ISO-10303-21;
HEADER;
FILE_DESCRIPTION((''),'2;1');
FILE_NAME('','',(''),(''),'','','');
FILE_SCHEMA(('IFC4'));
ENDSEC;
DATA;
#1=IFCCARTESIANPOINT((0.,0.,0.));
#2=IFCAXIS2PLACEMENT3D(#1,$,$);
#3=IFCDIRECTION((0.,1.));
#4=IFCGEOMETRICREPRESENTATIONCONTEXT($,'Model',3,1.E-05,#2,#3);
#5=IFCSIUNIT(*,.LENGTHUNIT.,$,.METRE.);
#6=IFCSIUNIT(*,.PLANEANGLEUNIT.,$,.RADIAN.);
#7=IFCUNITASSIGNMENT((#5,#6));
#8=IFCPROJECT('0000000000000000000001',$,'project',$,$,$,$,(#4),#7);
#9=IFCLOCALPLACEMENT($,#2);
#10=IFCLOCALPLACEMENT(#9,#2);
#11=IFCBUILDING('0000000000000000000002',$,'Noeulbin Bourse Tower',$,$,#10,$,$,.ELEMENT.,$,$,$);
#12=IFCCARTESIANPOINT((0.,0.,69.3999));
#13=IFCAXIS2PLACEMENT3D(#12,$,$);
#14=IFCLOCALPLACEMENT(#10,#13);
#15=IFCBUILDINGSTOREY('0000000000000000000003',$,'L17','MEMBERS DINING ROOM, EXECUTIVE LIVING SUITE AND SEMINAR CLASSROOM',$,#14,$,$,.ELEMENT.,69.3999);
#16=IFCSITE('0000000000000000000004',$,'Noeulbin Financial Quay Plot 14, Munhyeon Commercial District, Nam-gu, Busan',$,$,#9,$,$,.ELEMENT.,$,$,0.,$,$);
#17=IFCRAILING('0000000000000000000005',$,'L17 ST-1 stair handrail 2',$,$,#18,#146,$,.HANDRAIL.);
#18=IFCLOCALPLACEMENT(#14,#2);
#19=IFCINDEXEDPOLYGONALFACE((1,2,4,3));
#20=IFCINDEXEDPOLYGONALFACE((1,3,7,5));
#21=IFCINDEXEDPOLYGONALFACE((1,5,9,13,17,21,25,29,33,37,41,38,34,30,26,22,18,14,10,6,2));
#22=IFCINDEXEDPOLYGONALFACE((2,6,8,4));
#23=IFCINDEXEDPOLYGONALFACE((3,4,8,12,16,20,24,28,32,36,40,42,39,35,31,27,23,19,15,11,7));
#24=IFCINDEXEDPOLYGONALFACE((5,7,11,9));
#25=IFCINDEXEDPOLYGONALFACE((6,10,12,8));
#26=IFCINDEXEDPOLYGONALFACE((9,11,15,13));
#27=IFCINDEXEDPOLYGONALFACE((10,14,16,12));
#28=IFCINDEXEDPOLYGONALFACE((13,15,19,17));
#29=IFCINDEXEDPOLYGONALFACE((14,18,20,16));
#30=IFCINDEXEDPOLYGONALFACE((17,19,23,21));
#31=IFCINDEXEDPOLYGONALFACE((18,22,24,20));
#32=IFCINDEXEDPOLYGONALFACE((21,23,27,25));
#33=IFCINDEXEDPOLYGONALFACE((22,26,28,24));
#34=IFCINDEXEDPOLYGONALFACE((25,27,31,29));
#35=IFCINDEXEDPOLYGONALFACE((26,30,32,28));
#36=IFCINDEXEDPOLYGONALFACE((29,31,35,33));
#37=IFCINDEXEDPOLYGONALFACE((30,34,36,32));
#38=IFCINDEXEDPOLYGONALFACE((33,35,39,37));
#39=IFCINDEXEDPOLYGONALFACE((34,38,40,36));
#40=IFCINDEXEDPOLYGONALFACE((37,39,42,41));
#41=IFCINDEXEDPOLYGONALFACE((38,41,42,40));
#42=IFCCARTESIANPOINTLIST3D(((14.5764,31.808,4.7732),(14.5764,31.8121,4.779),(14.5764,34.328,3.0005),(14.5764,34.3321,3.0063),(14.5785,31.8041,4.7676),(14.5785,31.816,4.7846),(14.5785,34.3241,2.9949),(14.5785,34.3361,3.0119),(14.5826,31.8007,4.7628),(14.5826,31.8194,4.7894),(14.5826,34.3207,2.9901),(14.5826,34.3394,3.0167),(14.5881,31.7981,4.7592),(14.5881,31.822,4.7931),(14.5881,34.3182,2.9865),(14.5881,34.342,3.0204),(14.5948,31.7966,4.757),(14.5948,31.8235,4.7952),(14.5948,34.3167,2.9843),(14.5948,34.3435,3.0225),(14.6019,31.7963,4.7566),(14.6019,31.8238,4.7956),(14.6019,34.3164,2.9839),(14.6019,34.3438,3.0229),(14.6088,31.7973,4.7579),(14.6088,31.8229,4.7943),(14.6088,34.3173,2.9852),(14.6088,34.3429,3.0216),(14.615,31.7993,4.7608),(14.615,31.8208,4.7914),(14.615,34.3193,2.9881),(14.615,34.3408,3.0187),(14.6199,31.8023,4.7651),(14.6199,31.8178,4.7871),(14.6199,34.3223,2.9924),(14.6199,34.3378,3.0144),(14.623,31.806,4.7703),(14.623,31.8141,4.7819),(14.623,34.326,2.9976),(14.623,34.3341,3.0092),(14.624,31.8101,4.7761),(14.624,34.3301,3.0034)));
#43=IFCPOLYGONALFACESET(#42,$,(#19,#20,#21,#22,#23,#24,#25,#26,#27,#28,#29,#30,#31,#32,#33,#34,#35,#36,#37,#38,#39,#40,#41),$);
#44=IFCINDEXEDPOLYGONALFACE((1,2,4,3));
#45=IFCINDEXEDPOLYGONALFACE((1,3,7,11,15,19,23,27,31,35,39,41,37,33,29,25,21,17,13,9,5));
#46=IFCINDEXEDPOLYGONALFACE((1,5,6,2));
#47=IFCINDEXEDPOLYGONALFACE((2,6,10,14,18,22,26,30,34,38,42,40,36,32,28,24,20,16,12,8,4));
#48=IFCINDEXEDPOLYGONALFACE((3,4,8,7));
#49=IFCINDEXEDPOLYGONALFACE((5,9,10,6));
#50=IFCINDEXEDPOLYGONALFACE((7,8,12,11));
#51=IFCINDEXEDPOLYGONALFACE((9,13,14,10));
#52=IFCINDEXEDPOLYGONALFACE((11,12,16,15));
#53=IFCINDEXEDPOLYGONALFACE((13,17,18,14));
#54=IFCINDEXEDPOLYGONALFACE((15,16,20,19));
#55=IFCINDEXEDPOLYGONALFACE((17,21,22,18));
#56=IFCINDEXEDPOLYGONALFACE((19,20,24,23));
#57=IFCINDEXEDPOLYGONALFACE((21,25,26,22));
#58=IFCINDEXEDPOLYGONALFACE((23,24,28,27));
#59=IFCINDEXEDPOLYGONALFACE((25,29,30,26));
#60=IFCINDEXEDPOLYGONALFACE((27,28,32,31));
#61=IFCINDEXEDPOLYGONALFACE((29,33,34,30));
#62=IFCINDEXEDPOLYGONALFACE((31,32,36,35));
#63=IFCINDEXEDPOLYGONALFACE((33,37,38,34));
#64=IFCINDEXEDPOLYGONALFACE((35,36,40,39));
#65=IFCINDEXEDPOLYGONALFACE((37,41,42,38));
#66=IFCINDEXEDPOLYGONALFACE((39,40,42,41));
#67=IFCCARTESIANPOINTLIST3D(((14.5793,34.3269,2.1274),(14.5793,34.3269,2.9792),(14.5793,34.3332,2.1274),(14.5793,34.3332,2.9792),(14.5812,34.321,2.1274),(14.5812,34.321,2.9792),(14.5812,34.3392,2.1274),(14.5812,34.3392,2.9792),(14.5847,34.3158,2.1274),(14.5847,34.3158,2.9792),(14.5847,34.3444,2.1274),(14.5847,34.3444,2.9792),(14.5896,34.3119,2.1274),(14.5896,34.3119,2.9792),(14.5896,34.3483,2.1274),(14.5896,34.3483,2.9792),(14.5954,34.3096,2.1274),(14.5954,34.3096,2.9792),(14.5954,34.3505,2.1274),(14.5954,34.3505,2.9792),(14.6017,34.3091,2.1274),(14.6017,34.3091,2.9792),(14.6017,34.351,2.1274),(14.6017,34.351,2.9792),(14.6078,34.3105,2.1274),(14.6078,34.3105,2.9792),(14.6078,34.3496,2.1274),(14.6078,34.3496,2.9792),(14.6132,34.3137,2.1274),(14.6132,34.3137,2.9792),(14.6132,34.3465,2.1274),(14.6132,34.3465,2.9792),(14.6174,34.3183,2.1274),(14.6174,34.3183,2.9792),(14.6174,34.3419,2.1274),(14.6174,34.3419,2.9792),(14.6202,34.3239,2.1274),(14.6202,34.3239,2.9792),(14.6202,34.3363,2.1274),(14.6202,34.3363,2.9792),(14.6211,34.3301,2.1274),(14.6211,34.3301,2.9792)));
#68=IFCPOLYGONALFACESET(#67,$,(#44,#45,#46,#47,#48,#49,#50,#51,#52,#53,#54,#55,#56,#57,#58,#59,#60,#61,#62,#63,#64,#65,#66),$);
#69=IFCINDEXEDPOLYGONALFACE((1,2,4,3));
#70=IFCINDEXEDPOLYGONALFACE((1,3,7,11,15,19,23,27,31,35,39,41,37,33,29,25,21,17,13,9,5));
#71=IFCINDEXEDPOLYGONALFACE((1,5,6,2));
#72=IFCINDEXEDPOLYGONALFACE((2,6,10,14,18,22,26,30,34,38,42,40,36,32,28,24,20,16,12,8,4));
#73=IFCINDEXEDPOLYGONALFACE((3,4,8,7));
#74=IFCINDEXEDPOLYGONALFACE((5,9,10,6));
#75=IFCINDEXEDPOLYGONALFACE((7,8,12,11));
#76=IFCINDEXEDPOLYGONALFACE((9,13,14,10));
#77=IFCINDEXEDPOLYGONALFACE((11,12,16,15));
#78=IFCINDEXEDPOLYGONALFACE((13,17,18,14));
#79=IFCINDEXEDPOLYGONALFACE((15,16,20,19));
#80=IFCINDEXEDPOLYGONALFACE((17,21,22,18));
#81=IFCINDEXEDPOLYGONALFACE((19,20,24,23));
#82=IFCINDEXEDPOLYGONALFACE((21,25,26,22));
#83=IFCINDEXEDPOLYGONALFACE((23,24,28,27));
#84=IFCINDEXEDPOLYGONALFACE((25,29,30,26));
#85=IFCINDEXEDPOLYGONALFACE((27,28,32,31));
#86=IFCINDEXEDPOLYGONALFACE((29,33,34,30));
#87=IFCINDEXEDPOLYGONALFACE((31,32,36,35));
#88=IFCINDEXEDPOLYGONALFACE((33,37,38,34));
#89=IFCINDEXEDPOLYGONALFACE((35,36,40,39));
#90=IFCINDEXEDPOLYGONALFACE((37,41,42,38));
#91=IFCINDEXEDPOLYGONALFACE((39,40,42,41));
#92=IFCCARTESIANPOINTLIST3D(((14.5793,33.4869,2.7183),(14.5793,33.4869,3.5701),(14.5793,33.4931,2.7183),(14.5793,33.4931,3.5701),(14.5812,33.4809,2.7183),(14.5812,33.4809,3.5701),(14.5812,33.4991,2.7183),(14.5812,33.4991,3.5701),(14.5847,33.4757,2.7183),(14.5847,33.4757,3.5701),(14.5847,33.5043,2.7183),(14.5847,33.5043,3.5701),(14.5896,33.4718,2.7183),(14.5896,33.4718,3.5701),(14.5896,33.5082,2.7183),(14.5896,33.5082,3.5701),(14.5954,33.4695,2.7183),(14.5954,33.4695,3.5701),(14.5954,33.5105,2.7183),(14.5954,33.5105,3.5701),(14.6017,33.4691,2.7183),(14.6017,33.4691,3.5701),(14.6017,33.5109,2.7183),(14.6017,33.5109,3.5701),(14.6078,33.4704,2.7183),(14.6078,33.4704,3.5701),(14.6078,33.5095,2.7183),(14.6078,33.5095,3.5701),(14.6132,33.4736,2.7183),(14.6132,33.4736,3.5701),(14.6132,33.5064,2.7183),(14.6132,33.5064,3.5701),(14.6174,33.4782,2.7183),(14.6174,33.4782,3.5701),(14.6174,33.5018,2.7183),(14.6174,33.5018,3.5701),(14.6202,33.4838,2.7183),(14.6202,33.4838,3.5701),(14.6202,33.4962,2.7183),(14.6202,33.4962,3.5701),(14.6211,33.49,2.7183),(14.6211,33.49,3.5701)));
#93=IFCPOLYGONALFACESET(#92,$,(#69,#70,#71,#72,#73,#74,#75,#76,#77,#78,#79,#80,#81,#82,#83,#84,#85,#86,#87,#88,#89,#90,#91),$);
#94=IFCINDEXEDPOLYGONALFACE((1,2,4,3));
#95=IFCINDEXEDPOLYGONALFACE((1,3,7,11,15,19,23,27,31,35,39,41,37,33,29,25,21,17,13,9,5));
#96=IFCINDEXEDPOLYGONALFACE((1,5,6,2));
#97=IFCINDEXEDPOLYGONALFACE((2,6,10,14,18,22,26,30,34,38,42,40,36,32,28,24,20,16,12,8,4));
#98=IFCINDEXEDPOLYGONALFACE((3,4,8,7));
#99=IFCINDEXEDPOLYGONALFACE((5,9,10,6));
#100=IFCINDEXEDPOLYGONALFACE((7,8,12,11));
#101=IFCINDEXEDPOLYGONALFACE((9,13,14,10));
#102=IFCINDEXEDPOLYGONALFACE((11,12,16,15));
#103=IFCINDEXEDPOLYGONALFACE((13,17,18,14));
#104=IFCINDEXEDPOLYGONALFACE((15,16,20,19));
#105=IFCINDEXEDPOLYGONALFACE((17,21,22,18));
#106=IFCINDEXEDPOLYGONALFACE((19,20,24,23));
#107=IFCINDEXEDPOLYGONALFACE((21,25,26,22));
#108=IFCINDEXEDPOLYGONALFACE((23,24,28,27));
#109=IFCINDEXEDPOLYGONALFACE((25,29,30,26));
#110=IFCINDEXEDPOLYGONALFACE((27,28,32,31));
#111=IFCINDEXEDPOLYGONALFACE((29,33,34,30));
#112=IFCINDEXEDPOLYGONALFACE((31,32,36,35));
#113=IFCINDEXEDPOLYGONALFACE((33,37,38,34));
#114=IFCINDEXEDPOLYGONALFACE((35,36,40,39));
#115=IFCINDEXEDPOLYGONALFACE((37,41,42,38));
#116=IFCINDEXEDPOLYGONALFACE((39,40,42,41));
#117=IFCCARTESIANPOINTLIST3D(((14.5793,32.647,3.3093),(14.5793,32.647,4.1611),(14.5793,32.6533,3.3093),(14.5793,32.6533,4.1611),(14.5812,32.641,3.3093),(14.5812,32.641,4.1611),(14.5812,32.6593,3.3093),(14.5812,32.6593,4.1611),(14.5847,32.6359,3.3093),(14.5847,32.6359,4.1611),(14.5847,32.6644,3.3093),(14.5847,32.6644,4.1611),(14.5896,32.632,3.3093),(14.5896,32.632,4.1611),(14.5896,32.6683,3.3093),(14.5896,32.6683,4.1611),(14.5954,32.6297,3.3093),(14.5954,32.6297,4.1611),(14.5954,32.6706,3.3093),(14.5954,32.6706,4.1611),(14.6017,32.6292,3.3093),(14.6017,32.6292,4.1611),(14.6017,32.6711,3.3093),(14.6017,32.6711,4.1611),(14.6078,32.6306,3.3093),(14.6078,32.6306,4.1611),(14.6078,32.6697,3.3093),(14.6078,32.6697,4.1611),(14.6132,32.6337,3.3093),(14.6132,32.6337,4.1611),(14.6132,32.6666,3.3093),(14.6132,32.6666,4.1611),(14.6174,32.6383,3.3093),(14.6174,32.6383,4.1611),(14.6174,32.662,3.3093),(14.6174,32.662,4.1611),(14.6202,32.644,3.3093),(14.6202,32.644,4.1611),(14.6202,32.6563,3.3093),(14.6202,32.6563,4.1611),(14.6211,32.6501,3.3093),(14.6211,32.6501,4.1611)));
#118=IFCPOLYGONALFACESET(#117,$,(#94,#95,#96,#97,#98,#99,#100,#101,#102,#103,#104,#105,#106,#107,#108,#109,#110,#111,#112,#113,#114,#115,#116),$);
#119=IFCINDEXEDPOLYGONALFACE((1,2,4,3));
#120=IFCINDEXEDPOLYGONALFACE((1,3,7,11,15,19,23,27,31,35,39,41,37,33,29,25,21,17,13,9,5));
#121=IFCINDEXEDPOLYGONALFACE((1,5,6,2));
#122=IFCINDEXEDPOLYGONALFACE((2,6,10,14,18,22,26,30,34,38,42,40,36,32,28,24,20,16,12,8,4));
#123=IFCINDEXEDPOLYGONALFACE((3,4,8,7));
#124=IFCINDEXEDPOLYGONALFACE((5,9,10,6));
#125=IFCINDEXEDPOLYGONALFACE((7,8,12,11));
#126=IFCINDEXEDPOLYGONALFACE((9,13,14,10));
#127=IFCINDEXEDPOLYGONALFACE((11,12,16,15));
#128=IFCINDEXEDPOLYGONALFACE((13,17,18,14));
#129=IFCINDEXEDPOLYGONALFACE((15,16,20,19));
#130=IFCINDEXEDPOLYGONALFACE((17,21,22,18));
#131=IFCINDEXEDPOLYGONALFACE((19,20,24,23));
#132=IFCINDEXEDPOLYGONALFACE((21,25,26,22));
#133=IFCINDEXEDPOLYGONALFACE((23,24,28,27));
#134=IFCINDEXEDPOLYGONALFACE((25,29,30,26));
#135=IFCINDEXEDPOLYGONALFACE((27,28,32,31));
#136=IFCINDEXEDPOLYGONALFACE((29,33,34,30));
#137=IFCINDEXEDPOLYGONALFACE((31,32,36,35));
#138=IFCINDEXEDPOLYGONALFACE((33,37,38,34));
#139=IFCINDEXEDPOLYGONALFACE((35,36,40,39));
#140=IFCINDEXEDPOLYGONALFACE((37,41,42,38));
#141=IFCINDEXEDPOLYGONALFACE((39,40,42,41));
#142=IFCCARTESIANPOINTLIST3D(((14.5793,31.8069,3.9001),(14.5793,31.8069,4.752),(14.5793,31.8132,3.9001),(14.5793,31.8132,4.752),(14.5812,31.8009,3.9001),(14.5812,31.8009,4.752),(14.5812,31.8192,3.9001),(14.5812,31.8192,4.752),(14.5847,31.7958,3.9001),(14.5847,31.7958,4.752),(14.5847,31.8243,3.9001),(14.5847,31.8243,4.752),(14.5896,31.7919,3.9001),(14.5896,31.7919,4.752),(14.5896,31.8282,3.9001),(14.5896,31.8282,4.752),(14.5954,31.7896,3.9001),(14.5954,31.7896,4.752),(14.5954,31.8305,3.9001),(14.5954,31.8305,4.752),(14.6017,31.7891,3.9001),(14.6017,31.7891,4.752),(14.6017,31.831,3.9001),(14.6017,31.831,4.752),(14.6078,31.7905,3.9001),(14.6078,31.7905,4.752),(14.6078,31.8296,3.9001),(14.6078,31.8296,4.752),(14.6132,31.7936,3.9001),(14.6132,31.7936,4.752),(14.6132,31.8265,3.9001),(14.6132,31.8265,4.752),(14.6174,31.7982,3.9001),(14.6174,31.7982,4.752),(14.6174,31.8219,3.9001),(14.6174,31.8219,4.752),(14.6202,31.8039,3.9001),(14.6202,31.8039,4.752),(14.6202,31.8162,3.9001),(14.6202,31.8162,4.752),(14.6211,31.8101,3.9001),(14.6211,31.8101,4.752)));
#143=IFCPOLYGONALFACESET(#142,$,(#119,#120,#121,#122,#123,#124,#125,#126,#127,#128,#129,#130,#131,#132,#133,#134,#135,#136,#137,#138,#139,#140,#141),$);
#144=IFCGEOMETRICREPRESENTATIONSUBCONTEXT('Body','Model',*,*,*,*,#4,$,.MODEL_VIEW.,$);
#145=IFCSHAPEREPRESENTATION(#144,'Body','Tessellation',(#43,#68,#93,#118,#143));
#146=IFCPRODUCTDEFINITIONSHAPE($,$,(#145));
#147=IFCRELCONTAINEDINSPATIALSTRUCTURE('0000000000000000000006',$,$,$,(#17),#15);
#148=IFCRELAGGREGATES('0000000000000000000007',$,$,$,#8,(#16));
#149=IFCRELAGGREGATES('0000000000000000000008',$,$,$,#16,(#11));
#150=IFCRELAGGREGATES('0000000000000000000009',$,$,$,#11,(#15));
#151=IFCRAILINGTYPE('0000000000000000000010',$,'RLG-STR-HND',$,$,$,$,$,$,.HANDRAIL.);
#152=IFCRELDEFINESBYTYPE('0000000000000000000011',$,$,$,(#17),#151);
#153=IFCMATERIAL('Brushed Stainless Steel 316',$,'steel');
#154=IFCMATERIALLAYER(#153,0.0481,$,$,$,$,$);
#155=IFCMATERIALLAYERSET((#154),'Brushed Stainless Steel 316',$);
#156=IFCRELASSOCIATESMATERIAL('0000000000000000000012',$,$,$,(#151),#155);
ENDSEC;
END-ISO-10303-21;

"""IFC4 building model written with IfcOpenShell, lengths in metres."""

from ifc_helpers import new_model, si_unit, direction, frame, origin, origin_2d, place, context, subcontext, project, spatial, circle, extrude, material, layer, layer_set, type_object, element, save


model = new_model("IFC4")

# Units and contexts
model_context = context("Model", 3, precision=1e-05, world=origin(), true_north=direction((0.0, 1.0)))
body_context = subcontext(model_context, "Body", "Model", "MODEL_VIEW")
ifc_project = project(units=[si_unit("LENGTHUNIT", "METRE"), si_unit("PLANEANGLEUNIT", "RADIAN")], contexts=[model_context])

# Site, building, storey
site_placement = place(None, origin())
site = spatial("IfcSite", under=ifc_project, at=site_placement, Name="Noeulbin Financial Quay Plot 14, Munhyeon Commercial District, Nam-gu, Busan", CompositionType="ELEMENT", RefElevation=0.0)
building_placement = place(site_placement, origin())
building = spatial("IfcBuilding", under=site, at=building_placement, Name="Noeulbin Bourse Tower", CompositionType="ELEMENT")
storey_placement = place(building_placement, frame((0.0, 0.0, 69.3999)))
storey = spatial("IfcBuildingStorey", under=building, at=storey_placement, Name="L17", Description="MEMBERS DINING ROOM, EXECUTIVE LIVING SUITE AND SEMINAR CLASSROOM", CompositionType="ELEMENT", Elevation=69.3999)

# Shared definitions
ifc_material_1 = material(Name="Brushed Stainless Steel 316", Category="steel")

# Railing
ifc_layer_1 = layer(ifc_material_1, 0.0481)
ifc_layer_set_1 = layer_set([ifc_layer_1], Name="Brushed Stainless Steel 316")
railing_type_1 = type_object("IfcRailingType", Name="RLG-STR-HND", PredefinedType="HANDRAIL", material=ifc_layer_set_1)
railing_1_placement = place(storey_placement, frame((14.6001, 34.3301, 2.1274)))
element("IfcRailing", 1, at=railing_1_placement, inside=storey, type_object=railing_type_1, Name="L17 ST-1 stair handrail 2", PredefinedType="HANDRAIL", context=body_context, shape_type="SweptSolid", body=[
    extrude(circle(Radius=0.0239, at=origin_2d()), frame((0.0, 0.0, 0.876), z_axis=(0.0, -0.817904, 0.575354), x_axis=(1.0, 0.0, 0.0)), (0.0, 0.0, 1.0), 3.0811),
    extrude(circle(Radius=0.021, at=origin_2d()), origin(), (0.0, 0.0, 1.0), 0.8518),
    extrude(circle(Radius=0.021, at=origin_2d()), frame((0.0, -0.8401, 0.5908)), (0.0, 0.0, 1.0), 0.8518),
    extrude(circle(Radius=0.021, at=origin_2d()), frame((0.0, -1.6799, 1.1819)), (0.0, 0.0, 1.0), 0.8518),
    extrude(circle(Radius=0.021, at=origin_2d()), frame((0.0, -2.52, 1.7727)), (0.0, 0.0, 1.0), 0.8518),
])

save(model, "model.ifc")
